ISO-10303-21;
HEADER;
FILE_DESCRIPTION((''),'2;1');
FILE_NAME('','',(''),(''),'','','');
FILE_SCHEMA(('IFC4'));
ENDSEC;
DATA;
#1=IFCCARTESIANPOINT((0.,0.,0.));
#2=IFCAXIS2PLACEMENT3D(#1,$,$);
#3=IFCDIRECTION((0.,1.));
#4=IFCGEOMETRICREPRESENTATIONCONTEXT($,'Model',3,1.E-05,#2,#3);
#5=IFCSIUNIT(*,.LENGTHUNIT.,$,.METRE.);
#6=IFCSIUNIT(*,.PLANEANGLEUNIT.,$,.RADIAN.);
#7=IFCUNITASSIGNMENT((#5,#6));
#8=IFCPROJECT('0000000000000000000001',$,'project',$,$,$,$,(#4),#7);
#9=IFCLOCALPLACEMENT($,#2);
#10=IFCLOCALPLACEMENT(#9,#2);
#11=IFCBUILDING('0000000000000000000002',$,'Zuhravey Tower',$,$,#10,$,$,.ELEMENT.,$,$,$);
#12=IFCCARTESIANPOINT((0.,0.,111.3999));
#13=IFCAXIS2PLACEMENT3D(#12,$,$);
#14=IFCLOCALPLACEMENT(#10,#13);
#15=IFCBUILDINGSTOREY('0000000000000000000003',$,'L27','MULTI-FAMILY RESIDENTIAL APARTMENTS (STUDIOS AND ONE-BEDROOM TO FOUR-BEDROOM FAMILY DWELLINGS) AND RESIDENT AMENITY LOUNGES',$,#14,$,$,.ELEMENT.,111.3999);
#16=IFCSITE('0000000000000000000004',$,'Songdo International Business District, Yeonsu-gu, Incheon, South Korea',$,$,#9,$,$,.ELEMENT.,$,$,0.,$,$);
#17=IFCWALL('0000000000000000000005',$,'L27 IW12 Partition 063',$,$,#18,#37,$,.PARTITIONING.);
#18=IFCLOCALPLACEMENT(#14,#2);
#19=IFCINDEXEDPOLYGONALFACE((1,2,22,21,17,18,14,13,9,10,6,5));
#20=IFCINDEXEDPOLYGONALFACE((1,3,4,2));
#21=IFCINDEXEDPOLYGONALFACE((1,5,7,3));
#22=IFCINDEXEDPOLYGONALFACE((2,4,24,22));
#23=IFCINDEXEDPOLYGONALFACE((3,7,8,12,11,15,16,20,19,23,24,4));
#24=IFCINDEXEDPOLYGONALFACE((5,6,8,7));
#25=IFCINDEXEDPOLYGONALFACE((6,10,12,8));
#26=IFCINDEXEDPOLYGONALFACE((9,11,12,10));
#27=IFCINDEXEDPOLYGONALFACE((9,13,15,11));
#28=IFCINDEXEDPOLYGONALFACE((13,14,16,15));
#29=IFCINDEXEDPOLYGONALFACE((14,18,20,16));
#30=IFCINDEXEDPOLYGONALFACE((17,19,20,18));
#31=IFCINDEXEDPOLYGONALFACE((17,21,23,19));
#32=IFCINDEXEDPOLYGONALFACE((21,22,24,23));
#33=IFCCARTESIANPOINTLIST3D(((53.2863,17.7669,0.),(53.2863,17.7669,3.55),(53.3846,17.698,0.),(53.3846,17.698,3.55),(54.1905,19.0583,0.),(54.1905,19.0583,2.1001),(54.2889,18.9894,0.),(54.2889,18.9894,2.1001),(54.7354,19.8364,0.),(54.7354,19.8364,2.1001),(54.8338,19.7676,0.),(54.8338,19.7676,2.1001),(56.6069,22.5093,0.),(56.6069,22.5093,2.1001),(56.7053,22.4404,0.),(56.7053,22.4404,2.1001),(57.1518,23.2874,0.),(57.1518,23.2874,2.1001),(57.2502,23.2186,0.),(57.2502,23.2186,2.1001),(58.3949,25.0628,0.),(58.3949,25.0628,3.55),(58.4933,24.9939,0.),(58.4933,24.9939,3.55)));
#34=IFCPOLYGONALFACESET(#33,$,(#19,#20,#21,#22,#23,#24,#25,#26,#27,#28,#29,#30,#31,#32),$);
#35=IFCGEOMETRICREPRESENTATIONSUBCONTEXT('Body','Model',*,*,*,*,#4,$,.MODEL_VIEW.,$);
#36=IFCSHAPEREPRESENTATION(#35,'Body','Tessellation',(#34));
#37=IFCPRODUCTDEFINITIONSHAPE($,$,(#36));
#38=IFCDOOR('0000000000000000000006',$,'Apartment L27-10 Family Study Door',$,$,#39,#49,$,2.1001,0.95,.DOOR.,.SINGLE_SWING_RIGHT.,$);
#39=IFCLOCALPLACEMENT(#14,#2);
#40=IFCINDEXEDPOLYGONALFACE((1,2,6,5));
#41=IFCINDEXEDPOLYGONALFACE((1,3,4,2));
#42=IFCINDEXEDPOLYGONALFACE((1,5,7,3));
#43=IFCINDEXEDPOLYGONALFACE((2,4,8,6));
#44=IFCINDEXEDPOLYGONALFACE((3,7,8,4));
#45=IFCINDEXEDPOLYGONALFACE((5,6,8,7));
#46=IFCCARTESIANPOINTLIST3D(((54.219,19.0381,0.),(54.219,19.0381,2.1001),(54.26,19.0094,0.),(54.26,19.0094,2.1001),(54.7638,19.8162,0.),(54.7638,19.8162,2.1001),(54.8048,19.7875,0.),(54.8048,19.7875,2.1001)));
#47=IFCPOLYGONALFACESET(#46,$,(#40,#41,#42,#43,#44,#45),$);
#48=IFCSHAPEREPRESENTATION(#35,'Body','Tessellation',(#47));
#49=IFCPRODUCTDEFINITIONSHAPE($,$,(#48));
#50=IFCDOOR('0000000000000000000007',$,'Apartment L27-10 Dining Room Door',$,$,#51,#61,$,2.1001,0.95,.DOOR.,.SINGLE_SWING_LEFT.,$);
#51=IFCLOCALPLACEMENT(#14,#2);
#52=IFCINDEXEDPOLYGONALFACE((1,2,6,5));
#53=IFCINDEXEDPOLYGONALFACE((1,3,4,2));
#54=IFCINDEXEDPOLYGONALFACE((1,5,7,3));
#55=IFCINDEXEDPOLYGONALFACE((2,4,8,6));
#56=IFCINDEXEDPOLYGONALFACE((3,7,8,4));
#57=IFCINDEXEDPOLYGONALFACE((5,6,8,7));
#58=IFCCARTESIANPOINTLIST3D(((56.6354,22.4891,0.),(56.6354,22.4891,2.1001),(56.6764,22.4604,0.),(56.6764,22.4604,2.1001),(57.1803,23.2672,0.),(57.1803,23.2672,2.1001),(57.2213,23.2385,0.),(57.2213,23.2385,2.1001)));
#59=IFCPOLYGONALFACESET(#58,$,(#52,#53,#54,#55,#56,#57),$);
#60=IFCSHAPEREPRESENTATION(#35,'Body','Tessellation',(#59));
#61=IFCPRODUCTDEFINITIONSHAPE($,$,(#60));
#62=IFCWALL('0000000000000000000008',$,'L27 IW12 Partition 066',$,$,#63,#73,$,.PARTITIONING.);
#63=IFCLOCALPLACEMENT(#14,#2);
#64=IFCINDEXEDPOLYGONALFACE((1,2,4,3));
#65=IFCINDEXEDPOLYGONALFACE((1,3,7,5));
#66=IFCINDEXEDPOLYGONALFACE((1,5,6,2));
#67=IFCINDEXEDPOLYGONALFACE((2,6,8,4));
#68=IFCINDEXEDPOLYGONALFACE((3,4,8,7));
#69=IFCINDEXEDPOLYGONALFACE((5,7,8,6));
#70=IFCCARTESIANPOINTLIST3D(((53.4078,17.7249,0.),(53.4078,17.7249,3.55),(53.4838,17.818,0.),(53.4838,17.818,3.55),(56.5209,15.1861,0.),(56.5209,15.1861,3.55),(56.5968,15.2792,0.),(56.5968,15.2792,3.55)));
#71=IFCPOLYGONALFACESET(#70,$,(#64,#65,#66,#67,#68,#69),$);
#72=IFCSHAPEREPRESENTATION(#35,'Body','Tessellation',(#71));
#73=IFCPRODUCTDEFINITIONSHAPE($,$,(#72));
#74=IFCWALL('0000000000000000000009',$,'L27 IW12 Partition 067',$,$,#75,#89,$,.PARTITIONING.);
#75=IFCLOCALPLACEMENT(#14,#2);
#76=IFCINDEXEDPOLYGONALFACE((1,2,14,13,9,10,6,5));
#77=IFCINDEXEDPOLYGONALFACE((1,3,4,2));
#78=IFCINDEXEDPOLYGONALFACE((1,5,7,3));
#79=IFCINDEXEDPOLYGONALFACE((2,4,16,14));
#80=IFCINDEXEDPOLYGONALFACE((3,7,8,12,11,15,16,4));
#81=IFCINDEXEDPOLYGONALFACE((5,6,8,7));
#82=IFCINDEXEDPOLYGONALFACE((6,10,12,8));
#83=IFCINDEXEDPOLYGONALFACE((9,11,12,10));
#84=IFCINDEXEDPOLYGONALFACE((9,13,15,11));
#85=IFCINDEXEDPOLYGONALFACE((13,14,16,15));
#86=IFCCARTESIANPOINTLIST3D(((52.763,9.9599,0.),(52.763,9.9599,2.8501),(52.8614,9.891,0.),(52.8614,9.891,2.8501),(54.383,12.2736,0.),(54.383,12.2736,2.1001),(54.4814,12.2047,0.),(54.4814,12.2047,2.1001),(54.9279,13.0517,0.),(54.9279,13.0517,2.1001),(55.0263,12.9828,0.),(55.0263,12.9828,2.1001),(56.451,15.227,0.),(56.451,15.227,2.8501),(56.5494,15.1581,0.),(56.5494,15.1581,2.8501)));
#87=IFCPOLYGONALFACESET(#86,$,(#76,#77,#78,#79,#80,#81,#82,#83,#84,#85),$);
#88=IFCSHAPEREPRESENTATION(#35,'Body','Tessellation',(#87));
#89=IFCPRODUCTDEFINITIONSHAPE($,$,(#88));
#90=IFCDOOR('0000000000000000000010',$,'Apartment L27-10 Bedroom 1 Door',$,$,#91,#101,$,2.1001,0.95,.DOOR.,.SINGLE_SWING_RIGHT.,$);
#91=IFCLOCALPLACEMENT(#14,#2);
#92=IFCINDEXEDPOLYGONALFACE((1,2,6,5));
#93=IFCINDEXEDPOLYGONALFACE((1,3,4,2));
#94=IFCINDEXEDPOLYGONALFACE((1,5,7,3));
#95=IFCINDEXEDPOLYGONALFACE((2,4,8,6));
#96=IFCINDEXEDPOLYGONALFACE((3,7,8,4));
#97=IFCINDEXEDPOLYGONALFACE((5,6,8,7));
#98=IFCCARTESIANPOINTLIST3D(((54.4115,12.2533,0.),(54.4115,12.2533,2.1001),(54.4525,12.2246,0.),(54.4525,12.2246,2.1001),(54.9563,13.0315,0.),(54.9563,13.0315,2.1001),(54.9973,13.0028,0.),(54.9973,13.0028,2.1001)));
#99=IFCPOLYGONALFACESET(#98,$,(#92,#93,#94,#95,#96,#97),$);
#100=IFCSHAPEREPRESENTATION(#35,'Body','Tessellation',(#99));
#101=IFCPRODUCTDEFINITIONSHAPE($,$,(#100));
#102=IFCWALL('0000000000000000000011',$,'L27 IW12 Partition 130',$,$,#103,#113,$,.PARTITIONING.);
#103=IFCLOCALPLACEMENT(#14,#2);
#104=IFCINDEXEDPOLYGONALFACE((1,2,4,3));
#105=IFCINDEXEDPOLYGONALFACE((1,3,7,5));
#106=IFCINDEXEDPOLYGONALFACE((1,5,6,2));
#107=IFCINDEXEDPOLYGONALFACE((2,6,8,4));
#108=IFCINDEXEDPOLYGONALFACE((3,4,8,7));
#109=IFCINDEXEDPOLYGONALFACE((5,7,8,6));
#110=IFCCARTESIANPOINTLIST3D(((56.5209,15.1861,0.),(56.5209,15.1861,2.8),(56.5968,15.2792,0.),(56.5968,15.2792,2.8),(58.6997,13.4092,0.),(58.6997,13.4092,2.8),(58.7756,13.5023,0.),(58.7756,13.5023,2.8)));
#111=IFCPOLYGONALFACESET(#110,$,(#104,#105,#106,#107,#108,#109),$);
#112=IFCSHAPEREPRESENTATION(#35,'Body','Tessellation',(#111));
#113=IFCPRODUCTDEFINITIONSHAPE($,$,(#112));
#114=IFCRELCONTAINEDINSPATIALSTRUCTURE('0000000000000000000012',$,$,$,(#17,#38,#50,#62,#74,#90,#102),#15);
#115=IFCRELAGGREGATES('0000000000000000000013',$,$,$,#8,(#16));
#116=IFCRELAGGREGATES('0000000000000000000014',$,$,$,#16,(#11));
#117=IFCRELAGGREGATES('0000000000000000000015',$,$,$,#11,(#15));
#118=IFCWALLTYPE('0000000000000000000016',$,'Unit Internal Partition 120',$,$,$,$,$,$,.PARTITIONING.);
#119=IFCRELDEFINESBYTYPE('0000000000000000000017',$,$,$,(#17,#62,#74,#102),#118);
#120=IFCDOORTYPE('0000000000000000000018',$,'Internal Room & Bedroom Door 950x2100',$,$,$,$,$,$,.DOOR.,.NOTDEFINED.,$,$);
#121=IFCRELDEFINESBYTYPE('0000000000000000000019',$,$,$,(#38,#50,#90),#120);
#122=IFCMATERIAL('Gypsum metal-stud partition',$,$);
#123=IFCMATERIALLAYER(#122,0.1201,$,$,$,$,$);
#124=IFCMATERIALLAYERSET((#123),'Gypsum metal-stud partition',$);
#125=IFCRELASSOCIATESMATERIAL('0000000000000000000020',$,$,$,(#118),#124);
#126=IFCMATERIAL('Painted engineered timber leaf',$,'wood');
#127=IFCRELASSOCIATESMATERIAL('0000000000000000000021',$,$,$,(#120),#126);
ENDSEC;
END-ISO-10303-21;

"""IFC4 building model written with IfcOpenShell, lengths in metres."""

from ifc_helpers import new_model, si_unit, direction, frame, frame_2d, origin, place, context, subcontext, project, spatial, rectangle, extrude, material, layer, layer_set, type_object, element, fill, save


model = new_model("IFC4")

# Units and contexts
model_context = context("Model", 3, precision=1e-05, world=origin(), true_north=direction((0.0, 1.0)))
body_context = subcontext(model_context, "Body", "Model", "MODEL_VIEW")
ifc_project = project(units=[si_unit("LENGTHUNIT", "METRE"), si_unit("PLANEANGLEUNIT", "RADIAN")], contexts=[model_context])

# Site, building, storey
site_placement = place(None, origin())
site = spatial("IfcSite", under=ifc_project, at=site_placement, Name="Songdo International Business District, Yeonsu-gu, Incheon, South Korea", CompositionType="ELEMENT", RefElevation=0.0)
building_placement = place(site_placement, origin())
building = spatial("IfcBuilding", under=site, at=building_placement, Name="Zuhravey Tower", CompositionType="ELEMENT")
storey_placement = place(building_placement, frame((0.0, 0.0, 111.3999)))
storey = spatial("IfcBuildingStorey", under=building, at=storey_placement, Name="L27", Description="MULTI-FAMILY RESIDENTIAL APARTMENTS (STUDIOS AND ONE-BEDROOM TO FOUR-BEDROOM FAMILY DWELLINGS) AND RESIDENT AMENITY LOUNGES", CompositionType="ELEMENT", Elevation=111.3999)

# Wall, openings, doors
ifc_material_1 = material(Name="Gypsum metal-stud partition")
ifc_layer_1 = layer(ifc_material_1, 0.1201)
ifc_layer_set_1 = layer_set([ifc_layer_1], Name="Gypsum metal-stud partition")
wall_type_1 = type_object("IfcWallType", Name="Unit Internal Partition 120", PredefinedType="PARTITIONING", material=ifc_layer_set_1)
wall_1_placement = place(storey_placement, frame((53.3354, 17.7324, 0.0), z_axis=(0.0, 0.0, 1.0), x_axis=(0.573576, 0.819152, 0.0)))
wall_1 = element("IfcWall", 1, at=wall_1_placement, inside=storey, type_object=wall_type_1, Name="L27 IW12 Partition 063", PredefinedType="PARTITIONING", context=body_context, shape_type="SweptSolid", body=[
    extrude(rectangle(XDim=8.9067, YDim=0.1201, at=frame_2d((4.4534, 0.0))), origin(), (0.0, 0.0, 1.0), 3.55),
])
opening_1_placement = place(wall_1_placement, frame((1.5764, 0.0, 0.0)))
opening_1 = element("IfcOpeningElement", 2, at=opening_1_placement, cuts=wall_1, PredefinedType="OPENING", context=body_context, shape_type="SweptSolid", body=[
    extrude(rectangle(XDim=0.95, YDim=2.1001, at=frame_2d((0.4751, 1.05))), frame((0.0, 0.072, 0.0), z_axis=(0.0, -1.0, 0.0), x_axis=(1.0, 0.0, 0.0)), (0.0, 0.0, 1.0), 0.144),
])
opening_2_placement = place(wall_1_placement, frame((5.7893, 0.0, 0.0)))
opening_2 = element("IfcOpeningElement", 3, at=opening_2_placement, cuts=wall_1, PredefinedType="OPENING", context=body_context, shape_type="SweptSolid", body=[
    extrude(rectangle(XDim=0.95, YDim=2.1001, at=frame_2d((0.4751, 1.05))), frame((0.0, 0.072, 0.0), z_axis=(0.0, -1.0, 0.0), x_axis=(1.0, 0.0, 0.0)), (0.0, 0.0, 1.0), 0.144),
])
ifc_material_2 = material(Name="Painted engineered timber leaf", Category="wood")
door_type = type_object("IfcDoorType", Name="Internal Room & Bedroom Door 950x2100", OperationType="NOTDEFINED", PredefinedType="DOOR", material=ifc_material_2)
door_1_placement = place(opening_1_placement, frame((0.95, 0.0, 0.0), z_axis=(0.0, 0.0, 1.0), x_axis=(-1.0, 0.0, 0.0)))
door_1 = element("IfcDoor", 4, at=door_1_placement, inside=storey, type_object=door_type, Name="Apartment L27-10 Family Study Door", OperationType="SINGLE_SWING_RIGHT", OverallHeight=2.1001, OverallWidth=0.95, PredefinedType="DOOR", context=body_context, shape_type="SweptSolid", body=[
    extrude(rectangle(XDim=0.95, YDim=2.1001, at=frame_2d((0.4751, 1.05))), frame((0.0, 0.0249, 0.0), z_axis=(0.0, -1.0, 0.0), x_axis=(1.0, 0.0, 0.0)), (0.0, 0.0, 1.0), 0.05),
])
fill(opening_1, door_1)
door_2_placement = place(opening_2_placement, frame((0.95, 0.0, 0.0), z_axis=(0.0, 0.0, 1.0), x_axis=(-1.0, 0.0, 0.0)))
door_2 = element("IfcDoor", 5, at=door_2_placement, inside=storey, type_object=door_type, Name="Apartment L27-10 Dining Room Door", OperationType="SINGLE_SWING_LEFT", OverallHeight=2.1001, OverallWidth=0.95, PredefinedType="DOOR", context=body_context, shape_type="SweptSolid", body=[
    extrude(rectangle(XDim=0.95, YDim=2.1001, at=frame_2d((0.4751, 1.05))), frame((0.0, 0.0249, 0.0), z_axis=(0.0, -1.0, 0.0), x_axis=(1.0, 0.0, 0.0)), (0.0, 0.0, 1.0), 0.05),
])
fill(opening_2, door_2)

# Wall
wall_2_placement = place(storey_placement, frame((53.4458, 17.7715, 0.0), z_axis=(0.0, 0.0, 1.0), x_axis=(0.774958, -0.632012, 0.0)))
element("IfcWall", 6, at=wall_2_placement, inside=storey, type_object=wall_type_1, Name="L27 IW12 Partition 066", PredefinedType="PARTITIONING", context=body_context, shape_type="SweptSolid", body=[
    extrude(rectangle(XDim=4.0171, YDim=0.1201, at=frame_2d((2.0085, 0.0))), origin(), (0.0, 0.0, 1.0), 3.55),
])

# Wall, opening, door
wall_3_placement = place(storey_placement, frame((52.8123, 9.9255, 0.0), z_axis=(0.0, 0.0, 1.0), x_axis=(0.573569, 0.819157, 0.0)))
wall_3 = element("IfcWall", 7, at=wall_3_placement, inside=storey, type_object=wall_type_1, Name="L27 IW12 Partition 067", PredefinedType="PARTITIONING", context=body_context, shape_type="SweptSolid", body=[
    extrude(rectangle(XDim=6.4299, YDim=0.1201, at=frame_2d((3.2148, 0.0))), origin(), (0.0, 0.0, 1.0), 2.8501),
])
opening_3_placement = place(wall_3_placement, frame((2.8242, 0.0, 0.0)))
opening_3 = element("IfcOpeningElement", 8, at=opening_3_placement, cuts=wall_3, PredefinedType="OPENING", context=body_context, shape_type="SweptSolid", body=[
    extrude(rectangle(XDim=0.95, YDim=2.1001, at=frame_2d((0.4751, 1.05))), frame((0.0, 0.072, 0.0), z_axis=(0.0, -1.0, 0.0), x_axis=(1.0, 0.0, 0.0)), (0.0, 0.0, 1.0), 0.144),
])
door_3_placement = place(opening_3_placement, frame((0.95, 0.0, 0.0), z_axis=(0.0, 0.0, 1.0), x_axis=(-1.0, 0.0, 0.0)))
door_3 = element("IfcDoor", 9, at=door_3_placement, inside=storey, type_object=door_type, Name="Apartment L27-10 Bedroom 1 Door", OperationType="SINGLE_SWING_RIGHT", OverallHeight=2.1001, OverallWidth=0.95, PredefinedType="DOOR", context=body_context, shape_type="SweptSolid", body=[
    extrude(rectangle(XDim=0.95, YDim=2.1001, at=frame_2d((0.4751, 1.05))), frame((0.0, 0.0249, 0.0), z_axis=(0.0, -1.0, 0.0), x_axis=(1.0, 0.0, 0.0)), (0.0, 0.0, 1.0), 0.05),
])
fill(opening_3, door_3)

# Wall
wall_4_placement = place(storey_placement, frame((56.5588, 15.2327, 0.0), z_axis=(0.0, 0.0, 1.0), x_axis=(0.774955, -0.632017, 0.0)))
element("IfcWall", 10, at=wall_4_placement, inside=storey, type_object=wall_type_1, Name="L27 IW12 Partition 130", PredefinedType="PARTITIONING", context=body_context, shape_type="SweptSolid", body=[
    extrude(rectangle(XDim=2.8115, YDim=0.1201, at=frame_2d((1.4058, 0.0))), origin(), (0.0, 0.0, 1.0), 2.8),
])

save(model, "model.ifc")
